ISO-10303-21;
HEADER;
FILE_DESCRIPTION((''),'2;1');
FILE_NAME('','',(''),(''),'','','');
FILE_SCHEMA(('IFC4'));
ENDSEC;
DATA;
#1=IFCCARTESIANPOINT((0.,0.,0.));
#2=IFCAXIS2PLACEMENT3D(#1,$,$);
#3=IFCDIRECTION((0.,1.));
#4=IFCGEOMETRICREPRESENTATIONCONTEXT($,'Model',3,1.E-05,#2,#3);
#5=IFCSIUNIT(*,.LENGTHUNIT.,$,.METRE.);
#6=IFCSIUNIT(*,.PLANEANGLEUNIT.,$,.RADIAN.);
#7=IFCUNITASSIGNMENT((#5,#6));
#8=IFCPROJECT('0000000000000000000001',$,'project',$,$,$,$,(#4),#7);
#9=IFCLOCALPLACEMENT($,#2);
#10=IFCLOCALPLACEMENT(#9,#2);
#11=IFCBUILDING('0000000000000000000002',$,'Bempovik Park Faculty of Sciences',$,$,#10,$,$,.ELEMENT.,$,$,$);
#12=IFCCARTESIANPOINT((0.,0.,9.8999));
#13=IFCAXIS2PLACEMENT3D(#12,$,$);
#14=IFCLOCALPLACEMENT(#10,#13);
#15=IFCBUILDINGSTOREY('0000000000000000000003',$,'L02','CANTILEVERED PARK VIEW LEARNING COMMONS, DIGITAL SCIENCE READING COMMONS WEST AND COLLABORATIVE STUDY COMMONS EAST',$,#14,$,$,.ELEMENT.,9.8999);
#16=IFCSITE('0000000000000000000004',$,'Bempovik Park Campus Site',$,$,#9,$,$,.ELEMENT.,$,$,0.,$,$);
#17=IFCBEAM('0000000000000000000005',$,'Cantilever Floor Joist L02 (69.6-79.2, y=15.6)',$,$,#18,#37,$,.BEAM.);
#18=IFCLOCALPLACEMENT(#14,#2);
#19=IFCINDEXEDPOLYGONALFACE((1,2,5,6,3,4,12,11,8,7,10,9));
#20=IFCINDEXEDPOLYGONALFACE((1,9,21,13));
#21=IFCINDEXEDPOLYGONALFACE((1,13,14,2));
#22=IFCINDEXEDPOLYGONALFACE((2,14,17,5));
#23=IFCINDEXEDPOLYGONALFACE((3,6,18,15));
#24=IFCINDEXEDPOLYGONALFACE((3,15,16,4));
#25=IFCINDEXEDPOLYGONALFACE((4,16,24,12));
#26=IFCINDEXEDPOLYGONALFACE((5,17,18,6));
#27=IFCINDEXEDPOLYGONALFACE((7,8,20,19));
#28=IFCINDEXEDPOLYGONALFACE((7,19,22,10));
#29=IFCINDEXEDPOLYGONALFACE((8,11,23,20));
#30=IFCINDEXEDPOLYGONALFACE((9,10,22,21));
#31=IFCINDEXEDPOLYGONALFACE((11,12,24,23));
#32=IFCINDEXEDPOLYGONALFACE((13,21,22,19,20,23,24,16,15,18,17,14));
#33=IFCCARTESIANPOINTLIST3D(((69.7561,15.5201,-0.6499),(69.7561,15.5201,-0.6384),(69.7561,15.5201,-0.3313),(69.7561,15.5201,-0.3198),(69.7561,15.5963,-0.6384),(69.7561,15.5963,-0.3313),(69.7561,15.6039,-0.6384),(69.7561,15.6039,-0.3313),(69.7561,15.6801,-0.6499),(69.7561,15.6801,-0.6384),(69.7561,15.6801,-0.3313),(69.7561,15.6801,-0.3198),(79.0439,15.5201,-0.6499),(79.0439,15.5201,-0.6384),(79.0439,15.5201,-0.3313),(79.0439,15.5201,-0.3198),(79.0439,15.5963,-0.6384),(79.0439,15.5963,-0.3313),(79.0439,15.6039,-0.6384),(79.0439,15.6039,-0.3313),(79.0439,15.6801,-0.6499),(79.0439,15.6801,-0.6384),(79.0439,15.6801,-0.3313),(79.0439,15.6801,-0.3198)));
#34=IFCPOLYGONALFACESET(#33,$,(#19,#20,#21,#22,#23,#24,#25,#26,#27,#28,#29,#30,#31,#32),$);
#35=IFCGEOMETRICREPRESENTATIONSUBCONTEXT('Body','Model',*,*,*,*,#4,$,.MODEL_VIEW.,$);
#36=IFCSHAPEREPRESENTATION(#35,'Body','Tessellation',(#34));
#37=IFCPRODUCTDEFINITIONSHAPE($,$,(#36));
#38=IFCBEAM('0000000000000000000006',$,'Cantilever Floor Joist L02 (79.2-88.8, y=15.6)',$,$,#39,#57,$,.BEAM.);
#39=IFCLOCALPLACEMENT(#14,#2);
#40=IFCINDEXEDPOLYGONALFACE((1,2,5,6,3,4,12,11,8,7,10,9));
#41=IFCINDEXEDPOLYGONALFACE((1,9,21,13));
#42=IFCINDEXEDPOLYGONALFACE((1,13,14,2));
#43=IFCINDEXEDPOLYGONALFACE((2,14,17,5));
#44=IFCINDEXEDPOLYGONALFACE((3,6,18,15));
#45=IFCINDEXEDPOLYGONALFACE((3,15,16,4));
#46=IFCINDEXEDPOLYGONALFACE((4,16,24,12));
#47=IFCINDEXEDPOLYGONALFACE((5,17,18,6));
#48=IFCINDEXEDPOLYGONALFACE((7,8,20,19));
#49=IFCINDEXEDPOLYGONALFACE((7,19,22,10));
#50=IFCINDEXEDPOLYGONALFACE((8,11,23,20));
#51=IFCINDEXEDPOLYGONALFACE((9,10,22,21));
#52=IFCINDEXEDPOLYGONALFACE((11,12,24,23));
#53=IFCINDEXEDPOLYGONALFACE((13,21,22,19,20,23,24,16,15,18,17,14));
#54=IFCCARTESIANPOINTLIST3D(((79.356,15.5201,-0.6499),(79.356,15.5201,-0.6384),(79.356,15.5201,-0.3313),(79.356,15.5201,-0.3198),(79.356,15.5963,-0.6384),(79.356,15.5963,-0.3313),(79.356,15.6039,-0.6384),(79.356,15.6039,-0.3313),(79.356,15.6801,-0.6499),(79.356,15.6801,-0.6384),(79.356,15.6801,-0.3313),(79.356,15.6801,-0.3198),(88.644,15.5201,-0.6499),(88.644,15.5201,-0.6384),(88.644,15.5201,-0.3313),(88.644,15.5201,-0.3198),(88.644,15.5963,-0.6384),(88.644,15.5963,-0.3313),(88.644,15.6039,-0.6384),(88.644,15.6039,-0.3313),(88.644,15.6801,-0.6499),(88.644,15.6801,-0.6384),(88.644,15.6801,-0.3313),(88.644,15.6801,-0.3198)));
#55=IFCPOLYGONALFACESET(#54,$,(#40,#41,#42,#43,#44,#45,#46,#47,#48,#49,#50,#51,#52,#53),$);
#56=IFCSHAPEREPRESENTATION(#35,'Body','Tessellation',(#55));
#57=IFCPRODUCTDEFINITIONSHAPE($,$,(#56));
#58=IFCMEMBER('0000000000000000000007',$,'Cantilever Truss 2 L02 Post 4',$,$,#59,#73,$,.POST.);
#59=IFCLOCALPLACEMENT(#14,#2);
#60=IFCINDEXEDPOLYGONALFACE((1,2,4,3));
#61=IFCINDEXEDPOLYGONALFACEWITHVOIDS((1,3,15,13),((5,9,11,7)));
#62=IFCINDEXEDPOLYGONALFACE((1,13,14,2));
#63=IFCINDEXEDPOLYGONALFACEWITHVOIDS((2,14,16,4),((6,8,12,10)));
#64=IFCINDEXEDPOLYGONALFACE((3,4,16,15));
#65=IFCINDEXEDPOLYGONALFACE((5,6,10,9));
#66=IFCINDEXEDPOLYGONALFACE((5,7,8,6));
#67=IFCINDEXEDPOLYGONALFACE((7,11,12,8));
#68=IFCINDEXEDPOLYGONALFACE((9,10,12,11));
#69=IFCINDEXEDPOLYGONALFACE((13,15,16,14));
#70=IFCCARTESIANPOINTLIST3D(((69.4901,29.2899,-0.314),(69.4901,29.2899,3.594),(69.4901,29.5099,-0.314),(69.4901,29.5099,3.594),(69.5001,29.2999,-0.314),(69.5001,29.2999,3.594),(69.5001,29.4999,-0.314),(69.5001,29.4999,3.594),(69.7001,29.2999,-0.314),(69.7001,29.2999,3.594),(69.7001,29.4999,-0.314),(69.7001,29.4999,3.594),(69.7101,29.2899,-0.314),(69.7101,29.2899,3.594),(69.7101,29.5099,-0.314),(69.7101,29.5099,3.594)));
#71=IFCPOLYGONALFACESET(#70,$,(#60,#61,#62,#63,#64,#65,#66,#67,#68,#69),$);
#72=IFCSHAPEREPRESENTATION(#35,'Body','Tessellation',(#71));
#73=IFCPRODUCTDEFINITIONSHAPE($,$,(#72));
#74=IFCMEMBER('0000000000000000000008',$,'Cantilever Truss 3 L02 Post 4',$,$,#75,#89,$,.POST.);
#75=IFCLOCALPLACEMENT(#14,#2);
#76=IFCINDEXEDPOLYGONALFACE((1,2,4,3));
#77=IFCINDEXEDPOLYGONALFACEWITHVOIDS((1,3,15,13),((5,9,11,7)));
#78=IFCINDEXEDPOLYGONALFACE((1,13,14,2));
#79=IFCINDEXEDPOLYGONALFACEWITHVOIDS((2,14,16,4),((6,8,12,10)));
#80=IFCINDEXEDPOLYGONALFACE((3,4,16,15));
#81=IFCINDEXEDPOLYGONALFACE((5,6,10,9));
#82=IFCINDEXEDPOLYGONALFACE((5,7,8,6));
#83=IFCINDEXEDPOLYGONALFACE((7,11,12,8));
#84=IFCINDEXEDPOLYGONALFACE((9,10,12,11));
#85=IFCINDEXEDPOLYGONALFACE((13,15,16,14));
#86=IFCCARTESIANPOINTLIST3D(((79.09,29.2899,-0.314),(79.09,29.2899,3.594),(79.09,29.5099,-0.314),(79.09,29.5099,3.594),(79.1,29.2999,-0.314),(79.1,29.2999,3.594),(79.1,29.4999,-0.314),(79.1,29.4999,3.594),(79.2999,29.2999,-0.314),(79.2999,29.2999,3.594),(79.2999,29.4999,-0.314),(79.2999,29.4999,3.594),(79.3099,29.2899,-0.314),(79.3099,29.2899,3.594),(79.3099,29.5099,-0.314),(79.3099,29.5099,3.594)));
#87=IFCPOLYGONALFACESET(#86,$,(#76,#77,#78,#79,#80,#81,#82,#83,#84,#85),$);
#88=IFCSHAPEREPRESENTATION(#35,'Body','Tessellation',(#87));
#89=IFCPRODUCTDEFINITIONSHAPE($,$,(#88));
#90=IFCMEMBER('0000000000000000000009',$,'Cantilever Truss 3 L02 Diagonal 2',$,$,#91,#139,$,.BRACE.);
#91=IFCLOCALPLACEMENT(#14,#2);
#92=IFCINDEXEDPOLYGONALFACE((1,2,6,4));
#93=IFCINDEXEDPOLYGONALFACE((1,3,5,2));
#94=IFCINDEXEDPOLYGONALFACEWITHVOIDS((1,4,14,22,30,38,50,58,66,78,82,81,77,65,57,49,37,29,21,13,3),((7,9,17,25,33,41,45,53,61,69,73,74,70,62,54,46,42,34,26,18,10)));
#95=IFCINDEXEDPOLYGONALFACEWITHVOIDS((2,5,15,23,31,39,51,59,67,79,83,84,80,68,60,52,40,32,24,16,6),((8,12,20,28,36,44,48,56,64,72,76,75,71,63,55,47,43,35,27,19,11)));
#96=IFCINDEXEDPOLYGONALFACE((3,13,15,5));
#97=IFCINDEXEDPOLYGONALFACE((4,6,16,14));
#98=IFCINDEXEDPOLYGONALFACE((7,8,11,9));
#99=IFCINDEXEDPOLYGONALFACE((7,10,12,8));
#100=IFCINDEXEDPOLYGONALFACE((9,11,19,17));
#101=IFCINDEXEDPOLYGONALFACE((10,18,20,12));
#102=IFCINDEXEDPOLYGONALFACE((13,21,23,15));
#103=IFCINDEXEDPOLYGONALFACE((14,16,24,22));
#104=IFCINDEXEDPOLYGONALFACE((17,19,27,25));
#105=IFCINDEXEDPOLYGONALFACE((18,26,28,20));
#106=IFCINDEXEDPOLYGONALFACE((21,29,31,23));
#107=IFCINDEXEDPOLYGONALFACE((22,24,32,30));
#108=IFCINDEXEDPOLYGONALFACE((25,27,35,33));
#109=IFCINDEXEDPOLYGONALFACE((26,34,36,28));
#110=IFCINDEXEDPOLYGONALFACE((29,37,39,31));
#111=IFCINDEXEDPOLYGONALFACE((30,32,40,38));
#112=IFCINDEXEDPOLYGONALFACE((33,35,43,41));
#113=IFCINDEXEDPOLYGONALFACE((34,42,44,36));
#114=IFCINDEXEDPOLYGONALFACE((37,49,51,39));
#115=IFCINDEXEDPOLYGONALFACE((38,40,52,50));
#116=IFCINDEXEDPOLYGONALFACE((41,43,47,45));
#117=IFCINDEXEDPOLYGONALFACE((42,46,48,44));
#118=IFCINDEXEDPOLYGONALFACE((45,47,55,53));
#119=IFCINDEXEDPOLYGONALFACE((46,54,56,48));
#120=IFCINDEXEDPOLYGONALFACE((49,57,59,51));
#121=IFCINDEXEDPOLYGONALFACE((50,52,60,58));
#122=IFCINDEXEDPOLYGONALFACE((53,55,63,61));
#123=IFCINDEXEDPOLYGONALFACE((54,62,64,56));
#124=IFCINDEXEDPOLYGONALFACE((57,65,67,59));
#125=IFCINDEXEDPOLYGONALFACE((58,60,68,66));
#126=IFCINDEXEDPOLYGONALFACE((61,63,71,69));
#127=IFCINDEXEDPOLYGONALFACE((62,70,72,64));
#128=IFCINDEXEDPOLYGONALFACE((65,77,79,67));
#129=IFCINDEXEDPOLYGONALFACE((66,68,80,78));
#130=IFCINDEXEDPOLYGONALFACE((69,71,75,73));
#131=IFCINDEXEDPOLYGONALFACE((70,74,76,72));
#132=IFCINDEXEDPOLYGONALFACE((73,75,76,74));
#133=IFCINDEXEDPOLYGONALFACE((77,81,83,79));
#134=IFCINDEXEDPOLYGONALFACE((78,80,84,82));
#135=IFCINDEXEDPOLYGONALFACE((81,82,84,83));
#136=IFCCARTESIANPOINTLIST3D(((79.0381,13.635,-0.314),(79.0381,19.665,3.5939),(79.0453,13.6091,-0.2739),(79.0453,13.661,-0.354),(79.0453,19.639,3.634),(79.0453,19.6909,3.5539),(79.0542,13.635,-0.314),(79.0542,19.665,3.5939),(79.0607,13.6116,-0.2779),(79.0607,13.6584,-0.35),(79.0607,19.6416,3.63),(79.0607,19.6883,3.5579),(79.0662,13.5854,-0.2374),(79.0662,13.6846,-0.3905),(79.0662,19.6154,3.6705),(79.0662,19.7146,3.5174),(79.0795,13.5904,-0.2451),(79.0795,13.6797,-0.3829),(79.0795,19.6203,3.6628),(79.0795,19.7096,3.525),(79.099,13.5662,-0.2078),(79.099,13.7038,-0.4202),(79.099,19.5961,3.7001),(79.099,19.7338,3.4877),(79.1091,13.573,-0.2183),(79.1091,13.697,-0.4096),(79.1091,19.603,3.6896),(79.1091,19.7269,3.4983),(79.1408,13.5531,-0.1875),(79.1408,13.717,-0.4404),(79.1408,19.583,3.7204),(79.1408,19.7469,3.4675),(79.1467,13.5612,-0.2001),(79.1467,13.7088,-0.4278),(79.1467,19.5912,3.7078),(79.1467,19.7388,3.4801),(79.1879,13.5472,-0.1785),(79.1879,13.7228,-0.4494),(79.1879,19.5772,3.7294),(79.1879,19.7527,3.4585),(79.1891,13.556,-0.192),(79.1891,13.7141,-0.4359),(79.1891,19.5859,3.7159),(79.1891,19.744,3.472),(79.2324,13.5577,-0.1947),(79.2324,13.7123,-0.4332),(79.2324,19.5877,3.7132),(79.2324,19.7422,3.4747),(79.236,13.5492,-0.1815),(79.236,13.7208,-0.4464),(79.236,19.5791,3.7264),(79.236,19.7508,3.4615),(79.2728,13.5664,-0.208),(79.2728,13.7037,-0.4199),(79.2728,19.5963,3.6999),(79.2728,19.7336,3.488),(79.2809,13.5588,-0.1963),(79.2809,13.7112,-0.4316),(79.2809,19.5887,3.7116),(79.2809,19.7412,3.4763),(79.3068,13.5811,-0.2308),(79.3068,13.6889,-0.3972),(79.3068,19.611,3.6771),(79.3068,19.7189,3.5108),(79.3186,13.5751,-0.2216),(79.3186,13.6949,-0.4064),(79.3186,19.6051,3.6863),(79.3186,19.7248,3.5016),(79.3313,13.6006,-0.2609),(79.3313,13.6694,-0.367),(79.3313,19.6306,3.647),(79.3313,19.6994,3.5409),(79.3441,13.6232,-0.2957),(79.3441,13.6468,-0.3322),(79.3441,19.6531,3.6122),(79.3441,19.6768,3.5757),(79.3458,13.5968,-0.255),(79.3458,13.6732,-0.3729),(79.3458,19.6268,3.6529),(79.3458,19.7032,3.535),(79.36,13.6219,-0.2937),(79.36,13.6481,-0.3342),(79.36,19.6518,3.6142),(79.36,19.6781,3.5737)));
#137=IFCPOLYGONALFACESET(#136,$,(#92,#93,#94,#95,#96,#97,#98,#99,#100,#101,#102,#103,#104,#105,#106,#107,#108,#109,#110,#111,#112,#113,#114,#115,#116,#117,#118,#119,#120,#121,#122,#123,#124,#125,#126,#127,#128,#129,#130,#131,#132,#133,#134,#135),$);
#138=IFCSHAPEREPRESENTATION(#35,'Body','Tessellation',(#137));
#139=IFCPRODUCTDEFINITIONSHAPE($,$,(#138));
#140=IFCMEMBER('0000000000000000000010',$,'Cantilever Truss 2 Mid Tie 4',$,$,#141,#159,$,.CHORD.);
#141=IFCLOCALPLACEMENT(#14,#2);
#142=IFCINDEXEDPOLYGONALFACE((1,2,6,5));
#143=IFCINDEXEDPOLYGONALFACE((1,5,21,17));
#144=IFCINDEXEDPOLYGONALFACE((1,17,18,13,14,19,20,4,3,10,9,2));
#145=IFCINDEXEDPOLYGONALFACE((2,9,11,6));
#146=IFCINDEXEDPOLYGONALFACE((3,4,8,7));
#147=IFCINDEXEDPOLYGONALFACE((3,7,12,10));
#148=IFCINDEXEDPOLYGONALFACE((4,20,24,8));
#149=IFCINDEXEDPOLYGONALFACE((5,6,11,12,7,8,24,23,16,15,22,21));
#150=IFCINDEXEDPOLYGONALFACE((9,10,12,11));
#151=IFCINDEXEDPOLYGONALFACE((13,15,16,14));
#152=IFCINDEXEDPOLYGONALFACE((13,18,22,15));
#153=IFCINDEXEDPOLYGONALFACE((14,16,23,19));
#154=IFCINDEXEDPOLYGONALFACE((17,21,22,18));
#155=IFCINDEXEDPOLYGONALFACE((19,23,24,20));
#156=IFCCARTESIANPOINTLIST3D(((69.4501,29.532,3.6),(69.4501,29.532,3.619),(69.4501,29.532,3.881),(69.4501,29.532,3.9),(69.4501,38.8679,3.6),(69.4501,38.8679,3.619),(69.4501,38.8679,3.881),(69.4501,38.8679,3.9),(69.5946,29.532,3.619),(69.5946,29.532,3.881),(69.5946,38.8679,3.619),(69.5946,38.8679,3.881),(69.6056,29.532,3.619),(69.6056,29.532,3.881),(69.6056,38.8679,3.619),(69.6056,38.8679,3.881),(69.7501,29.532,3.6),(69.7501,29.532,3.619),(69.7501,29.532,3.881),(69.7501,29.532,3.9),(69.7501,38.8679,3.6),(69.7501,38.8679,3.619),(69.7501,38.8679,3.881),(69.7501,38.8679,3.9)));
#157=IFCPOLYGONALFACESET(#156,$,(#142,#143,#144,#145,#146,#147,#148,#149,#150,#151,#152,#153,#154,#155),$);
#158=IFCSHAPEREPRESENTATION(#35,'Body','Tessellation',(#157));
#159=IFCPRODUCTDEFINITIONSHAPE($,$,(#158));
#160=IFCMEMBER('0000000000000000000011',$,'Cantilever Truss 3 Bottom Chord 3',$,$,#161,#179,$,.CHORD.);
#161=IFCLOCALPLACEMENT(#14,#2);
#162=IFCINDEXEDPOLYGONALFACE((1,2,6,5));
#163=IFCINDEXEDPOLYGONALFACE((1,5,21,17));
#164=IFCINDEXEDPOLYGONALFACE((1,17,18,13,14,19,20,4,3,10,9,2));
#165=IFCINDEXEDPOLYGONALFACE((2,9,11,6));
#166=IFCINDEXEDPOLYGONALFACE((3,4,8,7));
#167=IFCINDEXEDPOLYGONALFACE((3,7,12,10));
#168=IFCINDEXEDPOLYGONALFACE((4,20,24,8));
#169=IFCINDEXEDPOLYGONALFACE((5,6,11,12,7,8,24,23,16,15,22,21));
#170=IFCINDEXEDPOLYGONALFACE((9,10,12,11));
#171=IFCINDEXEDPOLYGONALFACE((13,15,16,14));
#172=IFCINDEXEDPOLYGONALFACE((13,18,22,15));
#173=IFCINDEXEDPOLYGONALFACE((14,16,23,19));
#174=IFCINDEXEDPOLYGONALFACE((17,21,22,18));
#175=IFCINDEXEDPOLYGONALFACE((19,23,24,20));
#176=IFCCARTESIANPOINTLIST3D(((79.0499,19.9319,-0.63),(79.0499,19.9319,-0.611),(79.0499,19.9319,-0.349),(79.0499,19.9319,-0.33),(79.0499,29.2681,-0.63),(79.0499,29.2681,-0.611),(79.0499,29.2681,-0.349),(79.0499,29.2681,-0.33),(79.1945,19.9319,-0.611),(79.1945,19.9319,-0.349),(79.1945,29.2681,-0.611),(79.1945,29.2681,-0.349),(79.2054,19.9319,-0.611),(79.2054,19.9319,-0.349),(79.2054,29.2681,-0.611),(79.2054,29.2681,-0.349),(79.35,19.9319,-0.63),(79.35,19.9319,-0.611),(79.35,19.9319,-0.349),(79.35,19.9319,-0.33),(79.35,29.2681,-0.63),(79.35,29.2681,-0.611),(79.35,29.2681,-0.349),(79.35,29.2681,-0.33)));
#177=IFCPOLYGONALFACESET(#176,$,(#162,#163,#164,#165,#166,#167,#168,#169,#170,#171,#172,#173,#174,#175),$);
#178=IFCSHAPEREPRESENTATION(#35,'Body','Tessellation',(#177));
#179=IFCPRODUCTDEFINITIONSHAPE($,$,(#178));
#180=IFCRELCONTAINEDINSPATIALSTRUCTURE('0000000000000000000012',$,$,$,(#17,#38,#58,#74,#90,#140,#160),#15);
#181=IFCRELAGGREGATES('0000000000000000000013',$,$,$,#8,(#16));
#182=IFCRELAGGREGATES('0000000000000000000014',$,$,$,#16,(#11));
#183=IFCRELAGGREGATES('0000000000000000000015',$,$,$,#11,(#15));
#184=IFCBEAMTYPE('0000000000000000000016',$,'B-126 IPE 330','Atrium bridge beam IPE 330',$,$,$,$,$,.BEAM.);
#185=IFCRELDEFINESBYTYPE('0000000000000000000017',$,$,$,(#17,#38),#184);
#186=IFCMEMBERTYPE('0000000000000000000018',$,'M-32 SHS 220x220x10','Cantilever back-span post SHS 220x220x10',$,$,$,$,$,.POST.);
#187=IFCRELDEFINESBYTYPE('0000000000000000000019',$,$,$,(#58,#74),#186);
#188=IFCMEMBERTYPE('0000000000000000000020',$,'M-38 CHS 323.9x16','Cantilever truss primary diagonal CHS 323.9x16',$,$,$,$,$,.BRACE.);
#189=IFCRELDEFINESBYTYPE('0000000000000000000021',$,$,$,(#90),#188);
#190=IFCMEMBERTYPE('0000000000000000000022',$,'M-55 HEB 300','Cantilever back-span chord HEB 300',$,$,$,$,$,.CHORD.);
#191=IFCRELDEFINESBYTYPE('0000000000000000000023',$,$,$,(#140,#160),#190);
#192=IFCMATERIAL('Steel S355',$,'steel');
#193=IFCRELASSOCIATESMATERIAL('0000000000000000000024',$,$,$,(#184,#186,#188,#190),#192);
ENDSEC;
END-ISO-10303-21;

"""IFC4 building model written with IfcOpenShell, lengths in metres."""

from ifc_helpers import new_model, si_unit, direction, frame, origin, origin_2d, place, context, subcontext, project, spatial, hollow_rectangle, hollow_circle, i_section, extrude, material, material_profile, profile_set, type_object, element, save


model = new_model("IFC4")

# Units and contexts
model_context = context("Model", 3, precision=1e-05, world=origin(), true_north=direction((0.0, 1.0)))
body_context = subcontext(model_context, "Body", "Model", "MODEL_VIEW")
ifc_project = project(units=[si_unit("LENGTHUNIT", "METRE"), si_unit("PLANEANGLEUNIT", "RADIAN")], contexts=[model_context])

# Site, building, storey
site_placement = place(None, origin())
site = spatial("IfcSite", under=ifc_project, at=site_placement, Name="Bempovik Park Campus Site", CompositionType="ELEMENT", RefElevation=0.0)
building_placement = place(site_placement, origin())
building = spatial("IfcBuilding", under=site, at=building_placement, Name="Bempovik Park Faculty of Sciences", CompositionType="ELEMENT")
storey_placement = place(building_placement, frame((0.0, 0.0, 9.8999)))
storey = spatial("IfcBuildingStorey", under=building, at=storey_placement, Name="L02", Description="CANTILEVERED PARK VIEW LEARNING COMMONS, DIGITAL SCIENCE READING COMMONS WEST AND COLLABORATIVE STUDY COMMONS EAST", CompositionType="ELEMENT", Elevation=9.8999)

# Beams
ifc_material_1 = material(Name="Steel S355", Category="steel")
ifc_material_profile_1 = material_profile(ifc_material_1, i_section(OverallWidth=0.1599, OverallDepth=0.3301, WebThickness=0.0076, FlangeThickness=0.0115, at=origin_2d()), Name="IPE 330")
ifc_profile_set_1 = profile_set([ifc_material_profile_1], Name="Steel S355")
beam_type_1 = type_object("IfcBeamType", Name="B-126 IPE 330", Description="Atrium bridge beam IPE 330", PredefinedType="BEAM", material=ifc_profile_set_1)
beam_1_placement = place(storey_placement, frame((69.7561, 15.6001, -0.4849), z_axis=(1.0, 0.0, 0.0), x_axis=(0.0, 1.0, 0.0)))
element("IfcBeam", 1, at=beam_1_placement, inside=storey, type_object=beam_type_1, Name="Cantilever Floor Joist L02 (69.6-79.2, y=15.6)", PredefinedType="BEAM", context=body_context, shape_type="SweptSolid", body=[
    extrude(i_section(OverallWidth=0.1599, OverallDepth=0.3301, WebThickness=0.0076, FlangeThickness=0.0115, at=origin_2d()), origin(), (0.0, 0.0, 1.0), 9.2878),
])
beam_2_placement = place(storey_placement, frame((79.356, 15.6001, -0.4849), z_axis=(1.0, 0.0, 0.0), x_axis=(0.0, 1.0, 0.0)))
element("IfcBeam", 2, at=beam_2_placement, inside=storey, type_object=beam_type_1, Name="Cantilever Floor Joist L02 (79.2-88.8, y=15.6)", PredefinedType="BEAM", context=body_context, shape_type="SweptSolid", body=[
    extrude(i_section(OverallWidth=0.1599, OverallDepth=0.3301, WebThickness=0.0076, FlangeThickness=0.0115, at=origin_2d()), origin(), (0.0, 0.0, 1.0), 9.2881),
])

# Members
ifc_material_profile_2 = material_profile(ifc_material_1, hollow_rectangle(XDim=0.22, YDim=0.22, WallThickness=0.01, at=origin_2d()), Name="SHS 220x220x10")
ifc_profile_set_2 = profile_set([ifc_material_profile_2], Name="Steel S355")
member_type_1 = type_object("IfcMemberType", Name="M-32 SHS 220x220x10", Description="Cantilever back-span post SHS 220x220x10", PredefinedType="POST", material=ifc_profile_set_2)
for number, where, z_axis, x_axis, name in (
    (3, (69.6001, 29.3999, -0.314), (0.0, 0.0, 1.0), (1.0, 0.0, 0.0), "Cantilever Truss 2 L02 Post 4"),
    (4, (79.2, 29.3999, -0.314), (0.0, 0.0, 1.0), (1.0, 0.0, 0.0), "Cantilever Truss 3 L02 Post 4"),
):
    element("IfcMember", number, at=place(storey_placement, frame(where, z_axis=z_axis, x_axis=x_axis)), inside=storey, type_object=member_type_1, Name=name, PredefinedType="POST", context=body_context, shape_type="SweptSolid", body=[
        extrude(hollow_rectangle(XDim=0.22, YDim=0.22, WallThickness=0.01, at=origin_2d()), origin(), (0.0, 0.0, 1.0), 3.908),
    ])
ifc_material_profile_3 = material_profile(ifc_material_1, hollow_circle(Radius=0.1619, WallThickness=0.0161, at=origin_2d()), Name="CHS 323.9x16")
ifc_profile_set_3 = profile_set([ifc_material_profile_3], Name="Steel S355")
member_type_2 = type_object("IfcMemberType", Name="M-38 CHS 323.9x16", Description="Cantilever truss primary diagonal CHS 323.9x16", PredefinedType="BRACE", material=ifc_profile_set_3)
member_1_placement = place(storey_placement, frame((79.2, 13.635, -0.314), z_axis=(0.0, 0.839178, 0.543857), x_axis=(-1.0, 0.0, 0.0)))
element("IfcMember", 5, at=member_1_placement, inside=storey, type_object=member_type_2, Name="Cantilever Truss 3 L02 Diagonal 2", PredefinedType="BRACE", context=body_context, shape_type="SweptSolid", body=[
    extrude(hollow_circle(Radius=0.1619, WallThickness=0.0161, at=origin_2d()), origin(), (0.0, 0.0, 1.0), 7.1855),
])
ifc_material_profile_4 = material_profile(ifc_material_1, i_section(OverallWidth=0.3, OverallDepth=0.3, WebThickness=0.011, FlangeThickness=0.019, at=origin_2d()), Name="HEB 300")
ifc_profile_set_4 = profile_set([ifc_material_profile_4], Name="Steel S355")
member_type_3 = type_object("IfcMemberType", Name="M-55 HEB 300", Description="Cantilever back-span chord HEB 300", PredefinedType="CHORD", material=ifc_profile_set_4)
member_2_placement = place(storey_placement, frame((69.6001, 29.532, 3.75), z_axis=(0.0, 1.0, 0.0), x_axis=(-1.0, 0.0, 0.0)))
element("IfcMember", 6, at=member_2_placement, inside=storey, type_object=member_type_3, Name="Cantilever Truss 2 Mid Tie 4", PredefinedType="CHORD", context=body_context, shape_type="SweptSolid", body=[
    extrude(i_section(OverallWidth=0.3, OverallDepth=0.3, WebThickness=0.011, FlangeThickness=0.019, at=origin_2d()), origin(), (0.0, 0.0, 1.0), 9.3359),
])
for number, where, z_axis, x_axis, name in (
    (7, (79.2, 19.9319, -0.48), (0.0, 1.0, 0.0), (-1.0, 0.0, 0.0), "Cantilever Truss 3 Bottom Chord 3"),
):
    element("IfcMember", number, at=place(storey_placement, frame(where, z_axis=z_axis, x_axis=x_axis)), inside=storey, type_object=member_type_3, Name=name, PredefinedType="CHORD", context=body_context, shape_type="SweptSolid", body=[
        extrude(i_section(OverallWidth=0.3, OverallDepth=0.3, WebThickness=0.011, FlangeThickness=0.019, at=origin_2d()), origin(), (0.0, 0.0, 1.0), 9.3362),
    ])

save(model, "model.ifc")
